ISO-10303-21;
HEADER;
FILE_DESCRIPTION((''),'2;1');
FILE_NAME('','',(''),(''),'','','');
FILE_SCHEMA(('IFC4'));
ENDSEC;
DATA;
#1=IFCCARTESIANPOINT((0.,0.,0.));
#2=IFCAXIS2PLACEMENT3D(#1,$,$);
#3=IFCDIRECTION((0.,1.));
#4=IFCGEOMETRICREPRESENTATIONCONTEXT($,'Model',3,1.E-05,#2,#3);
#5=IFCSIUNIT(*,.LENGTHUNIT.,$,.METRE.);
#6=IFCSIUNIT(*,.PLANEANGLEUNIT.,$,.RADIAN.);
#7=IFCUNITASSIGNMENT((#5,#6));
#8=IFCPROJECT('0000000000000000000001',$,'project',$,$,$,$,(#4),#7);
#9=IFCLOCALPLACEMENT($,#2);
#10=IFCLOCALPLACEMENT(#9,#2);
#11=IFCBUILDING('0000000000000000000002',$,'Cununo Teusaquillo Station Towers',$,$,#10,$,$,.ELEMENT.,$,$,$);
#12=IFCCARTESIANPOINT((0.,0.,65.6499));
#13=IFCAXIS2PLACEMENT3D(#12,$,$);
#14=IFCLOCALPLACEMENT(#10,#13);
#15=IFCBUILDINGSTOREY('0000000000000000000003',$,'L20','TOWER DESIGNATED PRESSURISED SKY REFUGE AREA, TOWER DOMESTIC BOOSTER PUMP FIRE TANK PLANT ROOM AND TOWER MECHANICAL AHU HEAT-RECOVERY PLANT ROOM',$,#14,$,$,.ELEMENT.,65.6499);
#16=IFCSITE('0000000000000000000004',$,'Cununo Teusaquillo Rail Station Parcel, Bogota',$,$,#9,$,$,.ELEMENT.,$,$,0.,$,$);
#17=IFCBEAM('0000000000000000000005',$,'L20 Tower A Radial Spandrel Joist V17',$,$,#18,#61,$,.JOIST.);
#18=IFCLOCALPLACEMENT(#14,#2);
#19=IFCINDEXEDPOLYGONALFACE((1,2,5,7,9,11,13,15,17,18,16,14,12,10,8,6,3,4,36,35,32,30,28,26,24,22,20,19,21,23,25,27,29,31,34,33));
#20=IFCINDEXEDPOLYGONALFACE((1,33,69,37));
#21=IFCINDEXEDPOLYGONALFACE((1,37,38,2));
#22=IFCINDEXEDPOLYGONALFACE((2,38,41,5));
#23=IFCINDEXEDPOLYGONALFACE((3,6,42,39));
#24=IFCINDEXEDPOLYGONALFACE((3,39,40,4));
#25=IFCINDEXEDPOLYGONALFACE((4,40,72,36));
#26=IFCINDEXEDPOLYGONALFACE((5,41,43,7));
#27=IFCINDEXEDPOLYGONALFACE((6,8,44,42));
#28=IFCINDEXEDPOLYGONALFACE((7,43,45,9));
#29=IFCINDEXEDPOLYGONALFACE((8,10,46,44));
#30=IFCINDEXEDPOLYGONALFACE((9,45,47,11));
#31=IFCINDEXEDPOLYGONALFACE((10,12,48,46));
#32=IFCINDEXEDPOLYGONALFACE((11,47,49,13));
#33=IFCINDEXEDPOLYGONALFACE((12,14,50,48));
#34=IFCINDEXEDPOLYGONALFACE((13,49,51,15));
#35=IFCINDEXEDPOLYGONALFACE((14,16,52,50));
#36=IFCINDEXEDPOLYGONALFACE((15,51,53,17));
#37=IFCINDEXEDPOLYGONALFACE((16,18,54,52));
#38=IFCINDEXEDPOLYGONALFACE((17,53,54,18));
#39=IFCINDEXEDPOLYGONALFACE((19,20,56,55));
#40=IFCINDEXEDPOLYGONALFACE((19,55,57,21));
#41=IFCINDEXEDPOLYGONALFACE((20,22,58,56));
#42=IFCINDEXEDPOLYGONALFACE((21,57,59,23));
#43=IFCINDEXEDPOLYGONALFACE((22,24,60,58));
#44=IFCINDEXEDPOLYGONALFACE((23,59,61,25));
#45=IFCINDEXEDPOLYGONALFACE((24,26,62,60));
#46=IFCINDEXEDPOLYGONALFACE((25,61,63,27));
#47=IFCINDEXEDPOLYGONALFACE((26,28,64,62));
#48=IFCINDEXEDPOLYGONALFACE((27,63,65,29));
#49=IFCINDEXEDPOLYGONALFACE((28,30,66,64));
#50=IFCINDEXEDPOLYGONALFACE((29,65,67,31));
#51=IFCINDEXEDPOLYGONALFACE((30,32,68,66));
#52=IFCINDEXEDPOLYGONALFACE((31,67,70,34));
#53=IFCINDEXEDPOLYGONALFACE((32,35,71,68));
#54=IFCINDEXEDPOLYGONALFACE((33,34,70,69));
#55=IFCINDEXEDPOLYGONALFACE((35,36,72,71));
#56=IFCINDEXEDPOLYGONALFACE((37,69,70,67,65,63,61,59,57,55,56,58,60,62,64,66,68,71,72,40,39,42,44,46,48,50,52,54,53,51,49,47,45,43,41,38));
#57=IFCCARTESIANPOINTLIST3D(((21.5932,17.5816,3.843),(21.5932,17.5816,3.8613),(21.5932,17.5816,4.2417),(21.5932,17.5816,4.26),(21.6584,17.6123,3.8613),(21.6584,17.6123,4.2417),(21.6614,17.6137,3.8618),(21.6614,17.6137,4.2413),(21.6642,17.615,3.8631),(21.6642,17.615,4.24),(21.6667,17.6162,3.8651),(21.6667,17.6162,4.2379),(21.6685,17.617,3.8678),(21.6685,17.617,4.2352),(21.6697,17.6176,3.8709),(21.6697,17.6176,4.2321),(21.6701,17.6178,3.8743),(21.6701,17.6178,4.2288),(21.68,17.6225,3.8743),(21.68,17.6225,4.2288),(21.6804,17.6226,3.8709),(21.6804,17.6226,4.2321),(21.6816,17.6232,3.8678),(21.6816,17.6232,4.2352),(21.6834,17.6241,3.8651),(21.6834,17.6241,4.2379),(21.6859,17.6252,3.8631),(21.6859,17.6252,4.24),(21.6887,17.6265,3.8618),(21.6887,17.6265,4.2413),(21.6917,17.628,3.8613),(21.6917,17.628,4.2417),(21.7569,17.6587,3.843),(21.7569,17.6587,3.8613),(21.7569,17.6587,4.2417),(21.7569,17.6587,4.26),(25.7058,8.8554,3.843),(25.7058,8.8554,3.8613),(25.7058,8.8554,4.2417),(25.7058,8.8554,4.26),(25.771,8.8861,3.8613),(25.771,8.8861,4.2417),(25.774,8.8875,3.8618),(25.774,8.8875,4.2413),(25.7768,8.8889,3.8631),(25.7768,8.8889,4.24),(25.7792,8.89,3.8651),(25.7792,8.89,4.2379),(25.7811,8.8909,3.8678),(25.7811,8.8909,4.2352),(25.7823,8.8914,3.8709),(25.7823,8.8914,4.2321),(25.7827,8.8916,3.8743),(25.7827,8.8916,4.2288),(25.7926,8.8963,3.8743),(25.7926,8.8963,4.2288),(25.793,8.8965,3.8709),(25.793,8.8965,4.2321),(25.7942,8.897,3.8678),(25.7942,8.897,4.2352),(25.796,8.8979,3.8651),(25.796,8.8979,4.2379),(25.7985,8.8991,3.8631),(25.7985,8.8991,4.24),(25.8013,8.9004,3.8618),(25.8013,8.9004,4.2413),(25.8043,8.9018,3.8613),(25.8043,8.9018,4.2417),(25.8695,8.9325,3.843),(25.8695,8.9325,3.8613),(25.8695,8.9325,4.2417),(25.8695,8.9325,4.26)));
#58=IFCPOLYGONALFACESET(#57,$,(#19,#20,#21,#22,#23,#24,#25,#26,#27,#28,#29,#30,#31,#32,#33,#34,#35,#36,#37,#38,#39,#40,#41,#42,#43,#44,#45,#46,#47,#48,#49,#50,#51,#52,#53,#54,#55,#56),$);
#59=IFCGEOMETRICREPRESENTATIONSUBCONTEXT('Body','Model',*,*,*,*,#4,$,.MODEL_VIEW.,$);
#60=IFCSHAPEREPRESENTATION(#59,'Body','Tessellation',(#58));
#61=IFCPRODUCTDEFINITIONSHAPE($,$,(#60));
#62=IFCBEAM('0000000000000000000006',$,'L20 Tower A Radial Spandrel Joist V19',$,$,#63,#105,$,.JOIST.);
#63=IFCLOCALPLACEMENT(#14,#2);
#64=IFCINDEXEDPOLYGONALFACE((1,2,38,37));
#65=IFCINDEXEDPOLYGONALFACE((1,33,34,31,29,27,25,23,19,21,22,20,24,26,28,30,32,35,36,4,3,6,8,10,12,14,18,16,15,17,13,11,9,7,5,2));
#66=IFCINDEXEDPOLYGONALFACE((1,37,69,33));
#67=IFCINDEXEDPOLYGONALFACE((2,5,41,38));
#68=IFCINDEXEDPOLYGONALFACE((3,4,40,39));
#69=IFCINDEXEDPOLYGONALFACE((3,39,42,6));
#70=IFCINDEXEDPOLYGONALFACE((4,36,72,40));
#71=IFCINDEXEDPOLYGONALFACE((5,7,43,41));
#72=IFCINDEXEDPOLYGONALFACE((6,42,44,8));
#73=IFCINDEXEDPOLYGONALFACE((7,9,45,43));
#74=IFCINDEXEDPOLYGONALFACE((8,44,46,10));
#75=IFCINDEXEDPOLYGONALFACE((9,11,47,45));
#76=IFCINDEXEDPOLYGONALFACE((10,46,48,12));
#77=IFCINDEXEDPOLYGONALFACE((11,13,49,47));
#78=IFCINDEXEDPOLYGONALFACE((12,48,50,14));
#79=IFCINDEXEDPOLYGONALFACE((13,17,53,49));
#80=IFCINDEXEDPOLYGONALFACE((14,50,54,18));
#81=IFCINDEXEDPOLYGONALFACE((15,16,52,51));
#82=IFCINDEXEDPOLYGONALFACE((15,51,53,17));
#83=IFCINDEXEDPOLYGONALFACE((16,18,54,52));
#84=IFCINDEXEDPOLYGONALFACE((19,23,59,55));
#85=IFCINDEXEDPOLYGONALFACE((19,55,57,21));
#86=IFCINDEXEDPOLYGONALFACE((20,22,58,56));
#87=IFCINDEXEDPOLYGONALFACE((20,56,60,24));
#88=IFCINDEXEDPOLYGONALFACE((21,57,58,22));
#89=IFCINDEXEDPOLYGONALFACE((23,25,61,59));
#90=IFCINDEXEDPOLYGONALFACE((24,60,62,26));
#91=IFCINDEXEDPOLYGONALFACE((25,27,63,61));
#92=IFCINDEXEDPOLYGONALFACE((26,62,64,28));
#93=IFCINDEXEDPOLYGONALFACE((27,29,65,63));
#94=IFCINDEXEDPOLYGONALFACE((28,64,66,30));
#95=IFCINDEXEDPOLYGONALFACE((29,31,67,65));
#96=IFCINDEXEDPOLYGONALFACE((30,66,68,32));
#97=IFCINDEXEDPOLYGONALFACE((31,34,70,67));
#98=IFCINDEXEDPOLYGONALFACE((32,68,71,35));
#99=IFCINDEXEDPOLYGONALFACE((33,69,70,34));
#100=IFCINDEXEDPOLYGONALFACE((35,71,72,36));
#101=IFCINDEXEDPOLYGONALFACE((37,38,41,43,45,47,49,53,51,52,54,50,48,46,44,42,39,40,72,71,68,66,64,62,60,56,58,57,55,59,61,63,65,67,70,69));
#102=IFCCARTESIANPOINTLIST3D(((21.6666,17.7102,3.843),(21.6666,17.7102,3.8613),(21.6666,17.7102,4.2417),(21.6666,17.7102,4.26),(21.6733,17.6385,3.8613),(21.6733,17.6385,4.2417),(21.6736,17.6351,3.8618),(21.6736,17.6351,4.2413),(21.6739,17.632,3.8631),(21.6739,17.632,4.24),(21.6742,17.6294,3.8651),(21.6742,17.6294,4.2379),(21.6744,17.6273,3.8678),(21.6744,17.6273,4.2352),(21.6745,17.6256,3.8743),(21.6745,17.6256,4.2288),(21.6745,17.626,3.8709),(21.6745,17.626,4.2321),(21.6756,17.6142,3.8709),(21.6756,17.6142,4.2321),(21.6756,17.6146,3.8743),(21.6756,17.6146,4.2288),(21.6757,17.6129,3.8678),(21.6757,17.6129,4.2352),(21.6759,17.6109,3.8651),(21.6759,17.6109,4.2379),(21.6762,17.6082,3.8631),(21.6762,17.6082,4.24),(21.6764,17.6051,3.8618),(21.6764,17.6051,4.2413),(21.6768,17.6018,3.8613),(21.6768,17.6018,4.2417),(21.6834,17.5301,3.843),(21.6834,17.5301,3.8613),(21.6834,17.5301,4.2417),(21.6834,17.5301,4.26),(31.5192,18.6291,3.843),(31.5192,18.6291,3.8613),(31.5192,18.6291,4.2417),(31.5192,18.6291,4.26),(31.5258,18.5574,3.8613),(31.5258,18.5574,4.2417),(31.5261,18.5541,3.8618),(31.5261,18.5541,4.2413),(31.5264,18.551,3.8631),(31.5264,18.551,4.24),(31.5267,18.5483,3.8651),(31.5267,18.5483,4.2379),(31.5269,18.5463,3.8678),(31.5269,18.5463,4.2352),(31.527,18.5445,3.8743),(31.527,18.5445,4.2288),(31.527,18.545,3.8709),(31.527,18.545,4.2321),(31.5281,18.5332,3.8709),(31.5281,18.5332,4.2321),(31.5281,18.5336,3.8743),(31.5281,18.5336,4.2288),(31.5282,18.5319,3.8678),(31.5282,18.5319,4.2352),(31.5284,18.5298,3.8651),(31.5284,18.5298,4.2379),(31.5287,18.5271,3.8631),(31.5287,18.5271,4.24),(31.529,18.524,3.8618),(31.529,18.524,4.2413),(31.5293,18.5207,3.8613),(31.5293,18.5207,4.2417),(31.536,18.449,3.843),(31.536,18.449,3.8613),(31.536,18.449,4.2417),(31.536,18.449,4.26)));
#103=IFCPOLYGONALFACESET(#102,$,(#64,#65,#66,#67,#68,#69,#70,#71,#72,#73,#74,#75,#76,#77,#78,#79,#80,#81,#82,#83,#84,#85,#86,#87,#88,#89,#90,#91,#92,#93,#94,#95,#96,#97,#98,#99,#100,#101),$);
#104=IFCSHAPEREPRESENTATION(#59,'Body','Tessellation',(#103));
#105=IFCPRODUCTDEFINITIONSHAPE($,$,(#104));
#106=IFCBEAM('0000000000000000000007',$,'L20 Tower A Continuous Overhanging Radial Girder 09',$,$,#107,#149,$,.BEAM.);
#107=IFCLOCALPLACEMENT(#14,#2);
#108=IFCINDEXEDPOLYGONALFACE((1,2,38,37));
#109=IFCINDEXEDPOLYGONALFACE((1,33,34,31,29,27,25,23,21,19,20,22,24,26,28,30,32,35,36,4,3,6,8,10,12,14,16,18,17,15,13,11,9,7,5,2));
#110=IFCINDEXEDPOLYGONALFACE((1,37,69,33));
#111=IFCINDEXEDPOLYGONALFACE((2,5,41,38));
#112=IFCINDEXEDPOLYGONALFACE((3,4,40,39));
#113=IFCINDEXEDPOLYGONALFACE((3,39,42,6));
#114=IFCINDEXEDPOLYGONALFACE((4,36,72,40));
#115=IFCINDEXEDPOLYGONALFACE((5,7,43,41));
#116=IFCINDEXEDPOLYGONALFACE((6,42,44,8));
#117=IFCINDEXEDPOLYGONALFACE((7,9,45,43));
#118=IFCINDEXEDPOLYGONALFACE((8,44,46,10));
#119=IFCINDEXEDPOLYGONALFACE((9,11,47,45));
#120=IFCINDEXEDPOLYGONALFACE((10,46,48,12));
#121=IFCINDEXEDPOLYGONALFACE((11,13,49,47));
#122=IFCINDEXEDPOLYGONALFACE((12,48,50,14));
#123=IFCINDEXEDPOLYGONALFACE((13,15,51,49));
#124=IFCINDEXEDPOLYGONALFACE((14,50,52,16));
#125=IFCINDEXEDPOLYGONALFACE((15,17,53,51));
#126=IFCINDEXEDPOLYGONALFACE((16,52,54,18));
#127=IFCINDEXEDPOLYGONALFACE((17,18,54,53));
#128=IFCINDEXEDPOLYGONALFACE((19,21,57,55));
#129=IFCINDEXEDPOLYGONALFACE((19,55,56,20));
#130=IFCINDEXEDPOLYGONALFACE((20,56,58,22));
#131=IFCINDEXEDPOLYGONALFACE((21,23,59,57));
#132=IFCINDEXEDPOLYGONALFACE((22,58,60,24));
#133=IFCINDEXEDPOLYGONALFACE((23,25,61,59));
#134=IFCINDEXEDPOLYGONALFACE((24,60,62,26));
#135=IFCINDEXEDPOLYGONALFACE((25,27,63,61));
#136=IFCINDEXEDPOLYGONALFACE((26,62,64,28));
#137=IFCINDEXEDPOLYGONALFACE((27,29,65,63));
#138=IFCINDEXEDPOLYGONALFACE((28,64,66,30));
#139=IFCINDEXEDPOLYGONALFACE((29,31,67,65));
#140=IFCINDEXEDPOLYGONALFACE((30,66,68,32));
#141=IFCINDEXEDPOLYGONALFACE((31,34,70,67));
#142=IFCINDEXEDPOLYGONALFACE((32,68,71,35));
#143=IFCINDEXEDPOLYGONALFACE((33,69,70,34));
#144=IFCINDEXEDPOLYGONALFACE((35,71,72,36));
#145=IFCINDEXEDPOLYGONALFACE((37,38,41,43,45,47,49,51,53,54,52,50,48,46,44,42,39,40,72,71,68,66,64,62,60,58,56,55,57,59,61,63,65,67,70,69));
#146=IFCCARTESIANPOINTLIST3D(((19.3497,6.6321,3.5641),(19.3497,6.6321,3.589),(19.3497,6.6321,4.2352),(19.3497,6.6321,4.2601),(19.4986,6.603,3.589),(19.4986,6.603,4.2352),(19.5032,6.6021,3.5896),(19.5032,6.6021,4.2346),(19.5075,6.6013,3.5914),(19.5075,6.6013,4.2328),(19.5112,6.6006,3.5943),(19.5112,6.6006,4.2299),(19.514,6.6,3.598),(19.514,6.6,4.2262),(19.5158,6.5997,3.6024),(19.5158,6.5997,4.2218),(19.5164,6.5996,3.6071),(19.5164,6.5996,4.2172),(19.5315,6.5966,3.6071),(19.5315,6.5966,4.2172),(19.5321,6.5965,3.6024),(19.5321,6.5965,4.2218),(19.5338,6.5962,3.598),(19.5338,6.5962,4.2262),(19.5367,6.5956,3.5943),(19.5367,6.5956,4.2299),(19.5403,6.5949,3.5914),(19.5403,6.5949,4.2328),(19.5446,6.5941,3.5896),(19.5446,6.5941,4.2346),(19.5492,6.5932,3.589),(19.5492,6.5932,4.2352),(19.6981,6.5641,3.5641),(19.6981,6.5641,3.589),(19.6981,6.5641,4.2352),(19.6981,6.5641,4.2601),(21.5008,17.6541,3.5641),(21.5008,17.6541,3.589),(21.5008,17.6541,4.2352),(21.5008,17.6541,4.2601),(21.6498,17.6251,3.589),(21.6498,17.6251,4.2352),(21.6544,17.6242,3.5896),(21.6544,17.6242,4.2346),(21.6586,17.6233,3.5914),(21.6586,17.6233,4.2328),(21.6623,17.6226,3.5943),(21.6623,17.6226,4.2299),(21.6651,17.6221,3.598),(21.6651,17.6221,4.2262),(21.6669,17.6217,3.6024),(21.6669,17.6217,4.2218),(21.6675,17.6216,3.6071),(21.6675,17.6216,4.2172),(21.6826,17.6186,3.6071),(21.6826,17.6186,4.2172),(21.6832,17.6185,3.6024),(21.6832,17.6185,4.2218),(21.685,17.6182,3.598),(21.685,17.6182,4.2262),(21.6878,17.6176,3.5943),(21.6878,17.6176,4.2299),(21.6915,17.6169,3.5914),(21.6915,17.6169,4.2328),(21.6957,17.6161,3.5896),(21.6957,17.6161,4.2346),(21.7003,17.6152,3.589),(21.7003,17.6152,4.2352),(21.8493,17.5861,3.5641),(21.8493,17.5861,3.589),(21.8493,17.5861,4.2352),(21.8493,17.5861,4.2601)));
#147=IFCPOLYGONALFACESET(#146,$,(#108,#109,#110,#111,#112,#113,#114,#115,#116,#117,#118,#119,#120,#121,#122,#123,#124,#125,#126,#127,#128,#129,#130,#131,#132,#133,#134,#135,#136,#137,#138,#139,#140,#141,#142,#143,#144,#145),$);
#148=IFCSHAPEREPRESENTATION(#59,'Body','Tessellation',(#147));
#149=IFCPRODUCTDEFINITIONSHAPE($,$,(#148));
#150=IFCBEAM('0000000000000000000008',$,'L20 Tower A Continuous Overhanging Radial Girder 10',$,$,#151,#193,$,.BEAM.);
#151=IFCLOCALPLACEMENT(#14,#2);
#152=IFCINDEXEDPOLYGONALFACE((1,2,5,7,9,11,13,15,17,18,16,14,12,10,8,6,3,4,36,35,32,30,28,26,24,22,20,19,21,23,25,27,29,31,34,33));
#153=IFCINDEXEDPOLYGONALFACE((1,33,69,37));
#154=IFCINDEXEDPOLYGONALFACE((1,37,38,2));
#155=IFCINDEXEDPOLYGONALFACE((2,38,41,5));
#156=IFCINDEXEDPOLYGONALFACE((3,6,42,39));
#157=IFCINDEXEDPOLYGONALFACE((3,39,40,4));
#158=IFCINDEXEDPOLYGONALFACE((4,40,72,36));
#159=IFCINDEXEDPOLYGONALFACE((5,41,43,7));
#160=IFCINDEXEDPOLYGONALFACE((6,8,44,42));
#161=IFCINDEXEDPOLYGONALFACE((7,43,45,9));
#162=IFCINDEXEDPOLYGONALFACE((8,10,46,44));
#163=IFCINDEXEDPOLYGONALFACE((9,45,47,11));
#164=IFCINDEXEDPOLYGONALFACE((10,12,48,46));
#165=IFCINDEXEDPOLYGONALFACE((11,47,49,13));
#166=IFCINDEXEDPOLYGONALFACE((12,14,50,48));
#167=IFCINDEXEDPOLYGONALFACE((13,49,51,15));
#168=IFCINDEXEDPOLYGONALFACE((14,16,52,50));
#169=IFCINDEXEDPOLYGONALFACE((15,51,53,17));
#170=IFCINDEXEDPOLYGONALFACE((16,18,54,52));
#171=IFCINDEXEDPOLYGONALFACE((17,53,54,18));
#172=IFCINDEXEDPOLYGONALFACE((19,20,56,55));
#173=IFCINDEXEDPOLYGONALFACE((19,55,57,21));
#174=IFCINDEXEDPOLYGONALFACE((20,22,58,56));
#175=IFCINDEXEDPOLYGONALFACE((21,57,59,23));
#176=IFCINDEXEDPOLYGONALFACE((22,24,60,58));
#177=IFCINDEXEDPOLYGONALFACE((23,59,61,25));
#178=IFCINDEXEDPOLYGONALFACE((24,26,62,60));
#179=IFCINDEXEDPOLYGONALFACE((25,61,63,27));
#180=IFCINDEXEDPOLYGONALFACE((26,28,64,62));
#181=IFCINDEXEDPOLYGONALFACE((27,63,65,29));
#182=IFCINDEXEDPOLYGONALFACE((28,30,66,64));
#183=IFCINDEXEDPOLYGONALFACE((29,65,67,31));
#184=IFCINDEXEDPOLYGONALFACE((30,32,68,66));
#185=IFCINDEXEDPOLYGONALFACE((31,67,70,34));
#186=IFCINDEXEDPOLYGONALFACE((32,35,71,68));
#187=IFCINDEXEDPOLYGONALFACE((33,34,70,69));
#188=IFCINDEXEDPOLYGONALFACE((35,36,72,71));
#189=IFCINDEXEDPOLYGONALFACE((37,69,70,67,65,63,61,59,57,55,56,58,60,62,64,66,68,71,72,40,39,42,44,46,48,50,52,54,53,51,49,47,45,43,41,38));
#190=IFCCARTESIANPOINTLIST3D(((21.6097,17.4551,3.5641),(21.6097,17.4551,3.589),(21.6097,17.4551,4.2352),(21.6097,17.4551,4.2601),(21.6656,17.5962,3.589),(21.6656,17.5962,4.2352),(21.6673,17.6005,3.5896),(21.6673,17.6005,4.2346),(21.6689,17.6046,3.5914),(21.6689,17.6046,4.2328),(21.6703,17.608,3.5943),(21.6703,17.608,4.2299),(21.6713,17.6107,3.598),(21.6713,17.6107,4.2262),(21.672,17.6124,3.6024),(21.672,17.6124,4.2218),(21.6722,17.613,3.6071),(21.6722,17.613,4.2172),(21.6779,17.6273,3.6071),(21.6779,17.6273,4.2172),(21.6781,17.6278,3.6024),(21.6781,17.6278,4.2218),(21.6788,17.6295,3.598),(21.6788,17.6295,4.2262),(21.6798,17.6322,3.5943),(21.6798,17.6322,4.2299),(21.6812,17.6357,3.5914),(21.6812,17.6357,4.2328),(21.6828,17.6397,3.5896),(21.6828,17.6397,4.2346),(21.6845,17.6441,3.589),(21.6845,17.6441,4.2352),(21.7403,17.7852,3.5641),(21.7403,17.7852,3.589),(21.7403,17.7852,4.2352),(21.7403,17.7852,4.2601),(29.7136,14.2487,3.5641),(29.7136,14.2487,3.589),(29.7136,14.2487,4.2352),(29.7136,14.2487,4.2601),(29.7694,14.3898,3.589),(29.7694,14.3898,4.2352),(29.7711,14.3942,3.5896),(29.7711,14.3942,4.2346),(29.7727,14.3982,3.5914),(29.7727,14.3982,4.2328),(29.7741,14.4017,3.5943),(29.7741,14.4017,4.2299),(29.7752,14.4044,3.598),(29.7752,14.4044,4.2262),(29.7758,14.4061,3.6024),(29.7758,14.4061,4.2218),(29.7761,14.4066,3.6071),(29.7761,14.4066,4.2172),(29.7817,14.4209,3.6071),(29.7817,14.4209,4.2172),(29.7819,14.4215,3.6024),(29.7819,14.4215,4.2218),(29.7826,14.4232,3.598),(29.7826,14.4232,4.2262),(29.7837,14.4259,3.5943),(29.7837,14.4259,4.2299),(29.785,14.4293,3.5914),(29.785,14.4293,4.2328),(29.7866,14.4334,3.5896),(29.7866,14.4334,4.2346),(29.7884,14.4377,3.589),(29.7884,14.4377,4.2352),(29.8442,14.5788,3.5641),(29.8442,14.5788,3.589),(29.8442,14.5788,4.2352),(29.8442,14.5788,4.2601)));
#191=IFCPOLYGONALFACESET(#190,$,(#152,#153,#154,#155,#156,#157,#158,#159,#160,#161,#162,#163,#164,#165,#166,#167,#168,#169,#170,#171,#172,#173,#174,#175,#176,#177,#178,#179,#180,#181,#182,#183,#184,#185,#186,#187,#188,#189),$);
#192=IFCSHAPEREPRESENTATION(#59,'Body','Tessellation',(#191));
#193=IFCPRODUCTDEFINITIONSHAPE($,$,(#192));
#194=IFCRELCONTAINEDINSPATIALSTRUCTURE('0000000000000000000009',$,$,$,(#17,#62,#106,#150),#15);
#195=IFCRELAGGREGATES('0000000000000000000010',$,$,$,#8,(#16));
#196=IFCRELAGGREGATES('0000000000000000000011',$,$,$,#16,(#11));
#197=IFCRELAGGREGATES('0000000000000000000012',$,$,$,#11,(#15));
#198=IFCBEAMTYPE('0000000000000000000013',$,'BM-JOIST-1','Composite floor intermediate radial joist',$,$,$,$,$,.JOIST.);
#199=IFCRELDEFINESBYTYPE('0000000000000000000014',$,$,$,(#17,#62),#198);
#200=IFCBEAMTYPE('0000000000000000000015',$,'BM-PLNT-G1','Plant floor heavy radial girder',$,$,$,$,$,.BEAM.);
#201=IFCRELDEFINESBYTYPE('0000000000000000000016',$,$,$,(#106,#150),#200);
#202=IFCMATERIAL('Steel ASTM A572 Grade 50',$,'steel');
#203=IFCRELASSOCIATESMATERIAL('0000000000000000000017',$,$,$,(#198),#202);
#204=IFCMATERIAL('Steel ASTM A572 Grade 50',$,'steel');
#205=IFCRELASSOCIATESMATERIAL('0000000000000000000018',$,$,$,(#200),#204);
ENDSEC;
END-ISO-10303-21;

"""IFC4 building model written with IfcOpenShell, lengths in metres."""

from ifc_helpers import new_model, si_unit, direction, frame, origin, origin_2d, place, context, subcontext, project, spatial, i_section, extrude, material, material_profile, profile_set, type_object, element, save


model = new_model("IFC4")

# Units and contexts
model_context = context("Model", 3, precision=1e-05, world=origin(), true_north=direction((0.0, 1.0)))
body_context = subcontext(model_context, "Body", "Model", "MODEL_VIEW")
ifc_project = project(units=[si_unit("LENGTHUNIT", "METRE"), si_unit("PLANEANGLEUNIT", "RADIAN")], contexts=[model_context])

# Site, building, storey
site_placement = place(None, origin())
site = spatial("IfcSite", under=ifc_project, at=site_placement, Name="Cununo Teusaquillo Rail Station Parcel, Bogota", CompositionType="ELEMENT", RefElevation=0.0)
building_placement = place(site_placement, origin())
building = spatial("IfcBuilding", under=site, at=building_placement, Name="Cununo Teusaquillo Station Towers", CompositionType="ELEMENT")
storey_placement = place(building_placement, frame((0.0, 0.0, 65.6499)))
storey = spatial("IfcBuildingStorey", under=building, at=storey_placement, Name="L20", Description="TOWER DESIGNATED PRESSURISED SKY REFUGE AREA, TOWER DOMESTIC BOOSTER PUMP FIRE TANK PLANT ROOM AND TOWER MECHANICAL AHU HEAT-RECOVERY PLANT ROOM", CompositionType="ELEMENT", Elevation=65.6499)

# Beams
ifc_material_1 = material(Name="Steel ASTM A572 Grade 50", Category="steel")
ifc_material_profile_1 = material_profile(ifc_material_1, i_section(OverallWidth=0.1809, OverallDepth=0.417, WebThickness=0.011, FlangeThickness=0.0183, FilletRadius=0.0129, at=origin_2d()), Name="W16X57")
ifc_profile_set_1 = profile_set([ifc_material_profile_1], Name="Steel ASTM A572 Grade 50")
beam_type_1 = type_object("IfcBeamType", Name="BM-JOIST-1", Description="Composite floor intermediate radial joist", PredefinedType="JOIST", material=ifc_profile_set_1)
beam_1_placement = place(storey_placement, frame((21.675, 17.6201, 4.0515), z_axis=(0.42632, -0.904572, 0.0), x_axis=(0.904572, 0.42632, 0.0)))
element("IfcBeam", 1, at=beam_1_placement, inside=storey, type_object=beam_type_1, Name="L20 Tower A Radial Spandrel Joist V17", PredefinedType="JOIST", context=body_context, shape_type="SweptSolid", body=[
    extrude(i_section(OverallWidth=0.1809, OverallDepth=0.417, WebThickness=0.011, FlangeThickness=0.0183, FilletRadius=0.0129, at=origin_2d()), origin(), (0.0, 0.0, 1.0), 9.6467),
])
beam_2_placement = place(storey_placement, frame((21.675, 17.6201, 4.0515), z_axis=(0.995679, 0.092867, 0.0), x_axis=(-0.092867, 0.995679, 0.0)))
element("IfcBeam", 2, at=beam_2_placement, inside=storey, type_object=beam_type_1, Name="L20 Tower A Radial Spandrel Joist V19", PredefinedType="JOIST", context=body_context, shape_type="SweptSolid", body=[
    extrude(i_section(OverallWidth=0.1809, OverallDepth=0.417, WebThickness=0.011, FlangeThickness=0.0183, FilletRadius=0.0129, at=origin_2d()), origin(), (0.0, 0.0, 1.0), 9.8953),
])
ifc_material_2 = material(Name="Steel ASTM A572 Grade 50", Category="steel")
ifc_material_profile_2 = material_profile(ifc_material_2, i_section(OverallWidth=0.355, OverallDepth=0.696, WebThickness=0.0154, FlangeThickness=0.0249, FilletRadius=0.0181, at=origin_2d()), Name="W27X146")
ifc_profile_set_2 = profile_set([ifc_material_profile_2], Name="Steel ASTM A572 Grade 50")
beam_type_2 = type_object("IfcBeamType", Name="BM-PLNT-G1", Description="Plant floor heavy radial girder", PredefinedType="BEAM", material=ifc_profile_set_2)
beam_3_placement = place(storey_placement, frame((21.675, 17.6201, 3.9121), z_axis=(-0.191553, -0.981482, 0.0), x_axis=(0.981482, -0.191553, 0.0)))
element("IfcBeam", 3, at=beam_3_placement, inside=storey, type_object=beam_type_2, Name="L20 Tower A Continuous Overhanging Radial Girder 09", PredefinedType="BEAM", context=body_context, shape_type="SweptSolid", body=[
    extrude(i_section(OverallWidth=0.355, OverallDepth=0.696, WebThickness=0.0154, FlangeThickness=0.0249, FilletRadius=0.0181, at=origin_2d()), origin(), (0.0, 0.0, 1.0), 11.23),
])
beam_4_placement = place(storey_placement, frame((21.675, 17.6201, 3.9121), z_axis=(0.929863, -0.367906, 0.0), x_axis=(0.367906, 0.929863, 0.0)))
element("IfcBeam", 4, at=beam_4_placement, inside=storey, type_object=beam_type_2, Name="L20 Tower A Continuous Overhanging Radial Girder 10", PredefinedType="BEAM", context=body_context, shape_type="SweptSolid", body=[
    extrude(i_section(OverallWidth=0.355, OverallDepth=0.696, WebThickness=0.0154, FlangeThickness=0.0249, FilletRadius=0.0181, at=origin_2d()), origin(), (0.0, 0.0, 1.0), 8.7151),
])

save(model, "model.ifc")
